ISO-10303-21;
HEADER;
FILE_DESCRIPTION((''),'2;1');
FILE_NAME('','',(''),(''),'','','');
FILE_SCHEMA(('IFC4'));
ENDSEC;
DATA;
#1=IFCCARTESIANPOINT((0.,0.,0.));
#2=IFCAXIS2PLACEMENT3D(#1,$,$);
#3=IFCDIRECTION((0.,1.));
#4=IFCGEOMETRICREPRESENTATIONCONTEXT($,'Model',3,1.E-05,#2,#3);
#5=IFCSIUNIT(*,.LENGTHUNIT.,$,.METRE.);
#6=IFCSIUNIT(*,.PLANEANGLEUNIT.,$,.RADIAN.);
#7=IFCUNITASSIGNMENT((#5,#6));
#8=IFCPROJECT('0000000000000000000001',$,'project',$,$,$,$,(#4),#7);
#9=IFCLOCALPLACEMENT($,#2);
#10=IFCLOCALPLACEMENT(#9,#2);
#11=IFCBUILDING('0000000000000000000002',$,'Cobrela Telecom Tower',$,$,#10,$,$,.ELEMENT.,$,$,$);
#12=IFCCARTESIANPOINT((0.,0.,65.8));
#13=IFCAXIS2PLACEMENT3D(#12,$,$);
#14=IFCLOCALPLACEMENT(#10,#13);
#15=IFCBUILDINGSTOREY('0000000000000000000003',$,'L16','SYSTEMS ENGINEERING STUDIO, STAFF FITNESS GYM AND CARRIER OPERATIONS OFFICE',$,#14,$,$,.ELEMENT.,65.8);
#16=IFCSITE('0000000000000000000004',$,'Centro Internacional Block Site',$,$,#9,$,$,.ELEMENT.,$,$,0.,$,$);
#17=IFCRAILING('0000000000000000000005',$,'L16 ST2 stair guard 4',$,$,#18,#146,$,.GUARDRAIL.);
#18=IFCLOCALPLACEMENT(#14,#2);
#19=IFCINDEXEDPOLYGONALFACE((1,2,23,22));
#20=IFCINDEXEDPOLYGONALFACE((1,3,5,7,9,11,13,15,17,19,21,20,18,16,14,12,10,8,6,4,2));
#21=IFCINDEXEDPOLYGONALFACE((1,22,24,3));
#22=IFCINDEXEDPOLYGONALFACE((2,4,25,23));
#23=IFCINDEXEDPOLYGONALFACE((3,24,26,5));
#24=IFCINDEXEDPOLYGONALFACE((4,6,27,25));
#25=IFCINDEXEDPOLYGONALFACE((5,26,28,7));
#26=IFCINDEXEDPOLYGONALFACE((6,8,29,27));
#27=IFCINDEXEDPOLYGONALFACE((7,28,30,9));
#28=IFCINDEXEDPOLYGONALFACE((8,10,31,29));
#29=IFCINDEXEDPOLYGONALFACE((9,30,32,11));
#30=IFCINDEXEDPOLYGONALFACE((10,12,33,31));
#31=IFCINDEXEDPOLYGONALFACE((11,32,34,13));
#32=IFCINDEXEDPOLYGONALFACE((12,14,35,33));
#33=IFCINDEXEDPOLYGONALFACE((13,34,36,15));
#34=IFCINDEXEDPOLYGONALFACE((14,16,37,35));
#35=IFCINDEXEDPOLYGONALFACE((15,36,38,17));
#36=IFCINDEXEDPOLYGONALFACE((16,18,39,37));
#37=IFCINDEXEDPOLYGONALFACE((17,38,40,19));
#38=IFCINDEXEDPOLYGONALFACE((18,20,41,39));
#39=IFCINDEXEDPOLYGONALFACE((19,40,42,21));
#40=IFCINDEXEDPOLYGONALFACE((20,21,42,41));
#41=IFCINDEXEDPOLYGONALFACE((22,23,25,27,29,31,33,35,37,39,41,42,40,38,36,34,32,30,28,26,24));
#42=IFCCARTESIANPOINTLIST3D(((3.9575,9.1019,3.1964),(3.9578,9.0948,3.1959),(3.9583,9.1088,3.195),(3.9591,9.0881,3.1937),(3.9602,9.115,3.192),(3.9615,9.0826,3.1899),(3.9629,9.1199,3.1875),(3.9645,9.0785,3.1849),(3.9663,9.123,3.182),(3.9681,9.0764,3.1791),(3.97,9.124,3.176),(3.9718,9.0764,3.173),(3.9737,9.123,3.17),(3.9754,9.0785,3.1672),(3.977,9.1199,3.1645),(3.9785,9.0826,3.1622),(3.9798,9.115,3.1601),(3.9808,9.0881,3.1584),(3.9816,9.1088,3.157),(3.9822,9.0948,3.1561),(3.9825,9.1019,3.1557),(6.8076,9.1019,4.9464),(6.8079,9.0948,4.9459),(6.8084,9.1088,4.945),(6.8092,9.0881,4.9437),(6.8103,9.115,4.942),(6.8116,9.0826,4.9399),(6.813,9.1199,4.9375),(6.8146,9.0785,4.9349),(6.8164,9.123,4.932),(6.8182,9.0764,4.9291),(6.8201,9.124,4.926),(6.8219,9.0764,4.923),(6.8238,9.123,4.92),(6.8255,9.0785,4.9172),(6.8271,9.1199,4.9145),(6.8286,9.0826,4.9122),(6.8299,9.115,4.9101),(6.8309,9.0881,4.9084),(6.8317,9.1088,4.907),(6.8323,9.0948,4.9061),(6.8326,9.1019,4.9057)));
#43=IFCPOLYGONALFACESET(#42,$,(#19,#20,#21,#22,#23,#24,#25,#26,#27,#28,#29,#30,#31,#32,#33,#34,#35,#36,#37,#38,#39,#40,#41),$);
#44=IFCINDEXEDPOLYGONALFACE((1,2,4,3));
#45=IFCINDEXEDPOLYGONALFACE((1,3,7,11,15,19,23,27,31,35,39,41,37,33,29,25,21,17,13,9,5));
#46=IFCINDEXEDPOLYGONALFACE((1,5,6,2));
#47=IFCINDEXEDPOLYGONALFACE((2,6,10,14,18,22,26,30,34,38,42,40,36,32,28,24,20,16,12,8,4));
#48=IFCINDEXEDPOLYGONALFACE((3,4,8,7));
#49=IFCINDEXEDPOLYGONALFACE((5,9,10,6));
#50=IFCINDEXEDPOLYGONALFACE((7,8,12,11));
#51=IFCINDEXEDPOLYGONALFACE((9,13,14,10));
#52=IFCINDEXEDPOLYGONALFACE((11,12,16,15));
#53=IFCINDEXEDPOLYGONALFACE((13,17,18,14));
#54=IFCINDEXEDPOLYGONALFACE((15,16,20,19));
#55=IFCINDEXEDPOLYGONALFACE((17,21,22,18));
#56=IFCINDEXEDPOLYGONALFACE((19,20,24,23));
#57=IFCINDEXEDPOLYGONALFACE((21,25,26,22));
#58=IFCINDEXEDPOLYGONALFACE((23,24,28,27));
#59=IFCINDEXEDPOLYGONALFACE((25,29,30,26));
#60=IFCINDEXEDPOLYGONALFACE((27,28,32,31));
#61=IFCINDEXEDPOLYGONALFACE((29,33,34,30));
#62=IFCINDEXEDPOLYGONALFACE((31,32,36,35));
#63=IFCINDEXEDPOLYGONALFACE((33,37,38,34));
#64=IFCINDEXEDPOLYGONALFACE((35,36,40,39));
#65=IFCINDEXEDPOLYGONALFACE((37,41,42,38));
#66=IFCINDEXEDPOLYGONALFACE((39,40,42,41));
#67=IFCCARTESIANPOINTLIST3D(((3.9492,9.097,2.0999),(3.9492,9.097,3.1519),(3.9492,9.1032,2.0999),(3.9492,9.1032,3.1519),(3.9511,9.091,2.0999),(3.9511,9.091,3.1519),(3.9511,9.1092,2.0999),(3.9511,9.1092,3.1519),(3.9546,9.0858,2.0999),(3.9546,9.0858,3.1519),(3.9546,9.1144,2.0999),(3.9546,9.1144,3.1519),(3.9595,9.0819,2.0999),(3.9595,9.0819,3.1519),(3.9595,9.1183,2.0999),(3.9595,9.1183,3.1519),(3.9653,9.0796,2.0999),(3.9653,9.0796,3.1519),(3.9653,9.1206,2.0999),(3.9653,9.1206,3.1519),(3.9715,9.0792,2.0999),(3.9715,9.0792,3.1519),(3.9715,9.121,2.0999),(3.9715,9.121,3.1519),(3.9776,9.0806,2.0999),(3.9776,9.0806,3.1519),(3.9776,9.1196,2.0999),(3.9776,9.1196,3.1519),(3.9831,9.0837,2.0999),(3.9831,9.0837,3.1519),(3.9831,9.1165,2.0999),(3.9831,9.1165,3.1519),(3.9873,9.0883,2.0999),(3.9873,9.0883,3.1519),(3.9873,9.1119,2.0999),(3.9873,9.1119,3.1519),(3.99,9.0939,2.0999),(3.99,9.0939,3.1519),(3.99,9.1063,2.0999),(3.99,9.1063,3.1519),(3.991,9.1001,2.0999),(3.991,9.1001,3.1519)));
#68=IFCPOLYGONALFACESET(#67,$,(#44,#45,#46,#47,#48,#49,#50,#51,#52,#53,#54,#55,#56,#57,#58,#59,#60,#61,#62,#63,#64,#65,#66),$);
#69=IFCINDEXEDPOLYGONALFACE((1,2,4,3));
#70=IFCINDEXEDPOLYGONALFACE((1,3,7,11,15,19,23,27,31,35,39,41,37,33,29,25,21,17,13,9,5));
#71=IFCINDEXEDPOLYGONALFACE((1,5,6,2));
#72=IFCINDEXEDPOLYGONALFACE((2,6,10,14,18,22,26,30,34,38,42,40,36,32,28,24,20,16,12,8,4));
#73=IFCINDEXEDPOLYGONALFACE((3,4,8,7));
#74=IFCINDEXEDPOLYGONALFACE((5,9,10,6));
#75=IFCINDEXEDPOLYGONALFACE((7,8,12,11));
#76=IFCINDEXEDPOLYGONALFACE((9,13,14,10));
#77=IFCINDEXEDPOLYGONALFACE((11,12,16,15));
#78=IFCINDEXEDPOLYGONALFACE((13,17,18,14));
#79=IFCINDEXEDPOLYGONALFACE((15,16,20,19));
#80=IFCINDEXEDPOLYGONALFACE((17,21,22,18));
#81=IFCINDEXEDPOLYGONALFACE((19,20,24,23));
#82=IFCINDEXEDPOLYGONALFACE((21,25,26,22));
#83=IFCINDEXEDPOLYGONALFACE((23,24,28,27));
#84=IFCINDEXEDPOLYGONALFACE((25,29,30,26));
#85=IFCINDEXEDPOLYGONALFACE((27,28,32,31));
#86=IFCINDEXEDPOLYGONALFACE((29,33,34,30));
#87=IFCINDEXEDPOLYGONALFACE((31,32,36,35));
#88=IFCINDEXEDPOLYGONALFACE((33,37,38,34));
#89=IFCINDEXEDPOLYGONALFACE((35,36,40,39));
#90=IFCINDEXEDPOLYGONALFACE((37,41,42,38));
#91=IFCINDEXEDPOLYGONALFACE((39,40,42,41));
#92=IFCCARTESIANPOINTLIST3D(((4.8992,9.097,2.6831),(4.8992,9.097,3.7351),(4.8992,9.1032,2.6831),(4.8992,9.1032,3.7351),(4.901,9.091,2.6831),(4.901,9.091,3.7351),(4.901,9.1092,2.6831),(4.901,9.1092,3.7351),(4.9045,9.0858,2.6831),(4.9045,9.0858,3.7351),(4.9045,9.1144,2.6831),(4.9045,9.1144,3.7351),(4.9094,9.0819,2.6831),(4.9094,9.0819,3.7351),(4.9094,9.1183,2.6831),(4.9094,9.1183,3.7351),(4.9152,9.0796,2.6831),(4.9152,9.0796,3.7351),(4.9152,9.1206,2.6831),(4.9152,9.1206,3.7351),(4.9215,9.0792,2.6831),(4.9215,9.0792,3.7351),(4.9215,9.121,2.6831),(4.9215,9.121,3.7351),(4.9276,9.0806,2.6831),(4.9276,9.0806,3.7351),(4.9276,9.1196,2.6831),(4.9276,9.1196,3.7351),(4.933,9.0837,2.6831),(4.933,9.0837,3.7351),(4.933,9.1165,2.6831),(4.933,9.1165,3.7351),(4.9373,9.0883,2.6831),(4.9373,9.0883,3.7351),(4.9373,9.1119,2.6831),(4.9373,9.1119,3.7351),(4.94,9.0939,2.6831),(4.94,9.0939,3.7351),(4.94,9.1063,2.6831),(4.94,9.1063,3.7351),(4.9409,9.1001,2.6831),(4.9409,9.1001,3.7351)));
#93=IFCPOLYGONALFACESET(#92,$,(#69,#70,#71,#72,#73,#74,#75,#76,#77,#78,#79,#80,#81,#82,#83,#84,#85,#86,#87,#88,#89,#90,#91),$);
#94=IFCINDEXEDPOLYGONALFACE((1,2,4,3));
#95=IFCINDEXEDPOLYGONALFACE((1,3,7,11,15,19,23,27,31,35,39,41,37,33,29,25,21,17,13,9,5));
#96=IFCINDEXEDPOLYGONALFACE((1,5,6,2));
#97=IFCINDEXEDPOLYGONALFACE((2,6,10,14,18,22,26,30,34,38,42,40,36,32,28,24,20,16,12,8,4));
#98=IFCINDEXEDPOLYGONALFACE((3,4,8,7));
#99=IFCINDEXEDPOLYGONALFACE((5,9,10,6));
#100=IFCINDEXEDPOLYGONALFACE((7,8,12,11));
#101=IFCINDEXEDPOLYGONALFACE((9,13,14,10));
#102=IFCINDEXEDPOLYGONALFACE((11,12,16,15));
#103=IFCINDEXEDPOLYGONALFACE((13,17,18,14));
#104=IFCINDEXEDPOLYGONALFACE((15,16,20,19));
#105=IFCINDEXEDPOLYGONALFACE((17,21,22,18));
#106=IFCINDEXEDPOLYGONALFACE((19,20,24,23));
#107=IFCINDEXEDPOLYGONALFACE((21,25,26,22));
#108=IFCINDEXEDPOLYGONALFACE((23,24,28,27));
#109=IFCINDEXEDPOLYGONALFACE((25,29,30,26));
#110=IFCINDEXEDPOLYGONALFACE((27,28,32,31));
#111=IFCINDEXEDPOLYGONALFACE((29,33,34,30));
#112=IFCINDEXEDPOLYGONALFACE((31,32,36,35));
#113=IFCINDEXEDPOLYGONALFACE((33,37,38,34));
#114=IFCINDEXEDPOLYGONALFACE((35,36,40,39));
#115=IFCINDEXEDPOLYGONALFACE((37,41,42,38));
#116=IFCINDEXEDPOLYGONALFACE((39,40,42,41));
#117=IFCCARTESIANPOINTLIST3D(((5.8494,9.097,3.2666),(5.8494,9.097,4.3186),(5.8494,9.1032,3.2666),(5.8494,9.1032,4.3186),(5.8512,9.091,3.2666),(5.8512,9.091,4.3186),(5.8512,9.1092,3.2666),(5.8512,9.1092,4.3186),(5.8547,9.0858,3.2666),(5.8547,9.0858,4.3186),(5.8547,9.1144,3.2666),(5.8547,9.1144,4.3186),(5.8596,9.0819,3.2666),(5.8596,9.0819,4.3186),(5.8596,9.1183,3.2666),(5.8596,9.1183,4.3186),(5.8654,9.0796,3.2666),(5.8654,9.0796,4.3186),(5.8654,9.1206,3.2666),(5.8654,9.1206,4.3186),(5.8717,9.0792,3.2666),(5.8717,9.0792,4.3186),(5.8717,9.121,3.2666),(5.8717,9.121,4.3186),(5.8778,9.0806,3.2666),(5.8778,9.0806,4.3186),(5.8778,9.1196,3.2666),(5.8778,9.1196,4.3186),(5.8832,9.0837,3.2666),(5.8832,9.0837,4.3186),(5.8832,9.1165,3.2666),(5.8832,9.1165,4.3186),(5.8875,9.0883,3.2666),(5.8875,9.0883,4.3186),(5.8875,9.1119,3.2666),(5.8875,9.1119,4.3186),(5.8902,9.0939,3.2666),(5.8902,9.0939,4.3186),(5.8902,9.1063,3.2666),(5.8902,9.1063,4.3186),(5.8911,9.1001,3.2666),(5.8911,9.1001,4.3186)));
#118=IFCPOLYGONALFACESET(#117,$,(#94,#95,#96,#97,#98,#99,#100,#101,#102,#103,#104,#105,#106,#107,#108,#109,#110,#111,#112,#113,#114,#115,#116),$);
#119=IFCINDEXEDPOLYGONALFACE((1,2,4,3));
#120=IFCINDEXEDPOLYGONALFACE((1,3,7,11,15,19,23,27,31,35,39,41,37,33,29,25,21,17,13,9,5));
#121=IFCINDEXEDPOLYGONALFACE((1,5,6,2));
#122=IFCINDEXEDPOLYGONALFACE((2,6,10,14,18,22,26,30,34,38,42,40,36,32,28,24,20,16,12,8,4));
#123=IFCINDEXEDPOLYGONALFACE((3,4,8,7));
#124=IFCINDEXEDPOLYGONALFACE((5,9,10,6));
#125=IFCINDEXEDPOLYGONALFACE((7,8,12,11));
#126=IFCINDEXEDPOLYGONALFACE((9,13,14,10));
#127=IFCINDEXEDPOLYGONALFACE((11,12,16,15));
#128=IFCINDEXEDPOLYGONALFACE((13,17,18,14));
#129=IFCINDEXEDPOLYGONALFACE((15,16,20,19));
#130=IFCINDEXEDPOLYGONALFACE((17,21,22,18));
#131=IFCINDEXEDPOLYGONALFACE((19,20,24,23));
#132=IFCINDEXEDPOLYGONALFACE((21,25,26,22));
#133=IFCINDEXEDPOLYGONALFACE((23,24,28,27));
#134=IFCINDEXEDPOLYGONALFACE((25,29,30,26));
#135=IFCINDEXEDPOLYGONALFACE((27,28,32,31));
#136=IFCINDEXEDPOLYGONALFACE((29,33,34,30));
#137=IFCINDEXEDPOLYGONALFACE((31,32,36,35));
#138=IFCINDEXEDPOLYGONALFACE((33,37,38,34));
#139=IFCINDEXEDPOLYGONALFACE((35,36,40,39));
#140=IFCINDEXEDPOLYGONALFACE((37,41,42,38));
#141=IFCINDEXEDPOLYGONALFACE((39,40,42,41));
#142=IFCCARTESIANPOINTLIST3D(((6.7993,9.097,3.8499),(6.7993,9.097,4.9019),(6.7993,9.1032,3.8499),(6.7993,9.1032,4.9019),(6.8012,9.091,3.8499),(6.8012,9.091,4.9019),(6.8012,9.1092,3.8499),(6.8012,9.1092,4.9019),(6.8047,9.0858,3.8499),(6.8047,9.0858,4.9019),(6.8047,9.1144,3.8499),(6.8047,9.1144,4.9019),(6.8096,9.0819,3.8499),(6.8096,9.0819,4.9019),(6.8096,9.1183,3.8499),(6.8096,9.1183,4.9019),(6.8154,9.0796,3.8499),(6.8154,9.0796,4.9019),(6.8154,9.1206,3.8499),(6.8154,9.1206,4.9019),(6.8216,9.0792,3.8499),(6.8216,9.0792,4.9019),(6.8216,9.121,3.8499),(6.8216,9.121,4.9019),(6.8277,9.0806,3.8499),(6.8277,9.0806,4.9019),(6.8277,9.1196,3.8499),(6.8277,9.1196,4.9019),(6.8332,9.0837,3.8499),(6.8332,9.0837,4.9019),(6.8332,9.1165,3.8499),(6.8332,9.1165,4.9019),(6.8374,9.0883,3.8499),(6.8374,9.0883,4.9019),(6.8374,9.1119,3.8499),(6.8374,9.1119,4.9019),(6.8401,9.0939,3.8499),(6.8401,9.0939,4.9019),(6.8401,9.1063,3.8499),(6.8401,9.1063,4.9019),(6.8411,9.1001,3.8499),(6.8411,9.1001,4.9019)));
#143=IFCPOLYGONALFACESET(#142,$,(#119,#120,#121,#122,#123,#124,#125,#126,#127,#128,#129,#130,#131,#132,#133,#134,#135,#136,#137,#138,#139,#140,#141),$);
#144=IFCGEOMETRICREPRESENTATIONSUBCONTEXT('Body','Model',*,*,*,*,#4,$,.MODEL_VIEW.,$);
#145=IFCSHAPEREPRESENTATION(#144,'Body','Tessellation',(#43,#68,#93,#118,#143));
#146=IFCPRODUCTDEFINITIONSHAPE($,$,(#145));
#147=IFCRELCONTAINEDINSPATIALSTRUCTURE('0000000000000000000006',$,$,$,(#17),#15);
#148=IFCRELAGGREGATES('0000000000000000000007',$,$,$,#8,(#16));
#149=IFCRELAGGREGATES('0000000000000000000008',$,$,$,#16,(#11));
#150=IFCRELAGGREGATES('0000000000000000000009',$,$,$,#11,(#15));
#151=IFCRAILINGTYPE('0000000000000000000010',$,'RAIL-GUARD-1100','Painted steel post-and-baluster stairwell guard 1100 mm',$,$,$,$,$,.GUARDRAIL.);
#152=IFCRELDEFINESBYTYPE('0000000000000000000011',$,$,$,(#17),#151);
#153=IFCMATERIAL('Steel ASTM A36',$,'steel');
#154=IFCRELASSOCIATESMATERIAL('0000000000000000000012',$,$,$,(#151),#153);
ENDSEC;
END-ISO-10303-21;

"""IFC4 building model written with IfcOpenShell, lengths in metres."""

from ifc_helpers import new_model, si_unit, direction, frame, origin, origin_2d, place, context, subcontext, project, spatial, circle, extrude, material, type_object, element, save


model = new_model("IFC4")

# Units and contexts
model_context = context("Model", 3, precision=1e-05, world=origin(), true_north=direction((0.0, 1.0)))
body_context = subcontext(model_context, "Body", "Model", "MODEL_VIEW")
ifc_project = project(units=[si_unit("LENGTHUNIT", "METRE"), si_unit("PLANEANGLEUNIT", "RADIAN")], contexts=[model_context])

# Site, building, storey
site_placement = place(None, origin())
site = spatial("IfcSite", under=ifc_project, at=site_placement, Name="Centro Internacional Block Site", CompositionType="ELEMENT", RefElevation=0.0)
building_placement = place(site_placement, origin())
building = spatial("IfcBuilding", under=site, at=building_placement, Name="Cobrela Telecom Tower", CompositionType="ELEMENT")
storey_placement = place(building_placement, frame((0.0, 0.0, 65.8)))
storey = spatial("IfcBuildingStorey", under=building, at=storey_placement, Name="L16", Description="SYSTEMS ENGINEERING STUDIO, STAFF FITNESS GYM AND CARRIER OPERATIONS OFFICE", CompositionType="ELEMENT", Elevation=65.8)

# Railing
ifc_material_1 = material(Name="Steel ASTM A36", Category="steel")
railing_type_1 = type_object("IfcRailingType", Name="RAIL-GUARD-1100", Description="Painted steel post-and-baluster stairwell guard 1100 mm", PredefinedType="GUARDRAIL", material=ifc_material_1)
railing_1_placement = place(storey_placement, frame((3.97, 9.1001, 2.0999)))
element("IfcRailing", 1, at=railing_1_placement, inside=storey, type_object=railing_type_1, Name="L16 ST2 stair guard 4", PredefinedType="GUARDRAIL", context=body_context, shape_type="SweptSolid", body=[
    extrude(circle(Radius=0.0239, at=origin_2d()), frame((0.0, 0.0, 1.0762), z_axis=(0.852179, 0.0, 0.52325), x_axis=(0.0, 1.0, 0.0)), (0.0, 0.0, 1.0), 3.3445),
    extrude(circle(Radius=0.021, at=origin_2d()), origin(), (0.0, 0.0, 1.0), 1.052),
    extrude(circle(Radius=0.021, at=origin_2d()), frame((0.95, 0.0, 0.5833)), (0.0, 0.0, 1.0), 1.052),
    extrude(circle(Radius=0.021, at=origin_2d()), frame((1.9001, 0.0, 1.1667)), (0.0, 0.0, 1.0), 1.052),
    extrude(circle(Radius=0.021, at=origin_2d()), frame((2.8501, 0.0, 1.75)), (0.0, 0.0, 1.0), 1.052),
])

save(model, "model.ifc")
